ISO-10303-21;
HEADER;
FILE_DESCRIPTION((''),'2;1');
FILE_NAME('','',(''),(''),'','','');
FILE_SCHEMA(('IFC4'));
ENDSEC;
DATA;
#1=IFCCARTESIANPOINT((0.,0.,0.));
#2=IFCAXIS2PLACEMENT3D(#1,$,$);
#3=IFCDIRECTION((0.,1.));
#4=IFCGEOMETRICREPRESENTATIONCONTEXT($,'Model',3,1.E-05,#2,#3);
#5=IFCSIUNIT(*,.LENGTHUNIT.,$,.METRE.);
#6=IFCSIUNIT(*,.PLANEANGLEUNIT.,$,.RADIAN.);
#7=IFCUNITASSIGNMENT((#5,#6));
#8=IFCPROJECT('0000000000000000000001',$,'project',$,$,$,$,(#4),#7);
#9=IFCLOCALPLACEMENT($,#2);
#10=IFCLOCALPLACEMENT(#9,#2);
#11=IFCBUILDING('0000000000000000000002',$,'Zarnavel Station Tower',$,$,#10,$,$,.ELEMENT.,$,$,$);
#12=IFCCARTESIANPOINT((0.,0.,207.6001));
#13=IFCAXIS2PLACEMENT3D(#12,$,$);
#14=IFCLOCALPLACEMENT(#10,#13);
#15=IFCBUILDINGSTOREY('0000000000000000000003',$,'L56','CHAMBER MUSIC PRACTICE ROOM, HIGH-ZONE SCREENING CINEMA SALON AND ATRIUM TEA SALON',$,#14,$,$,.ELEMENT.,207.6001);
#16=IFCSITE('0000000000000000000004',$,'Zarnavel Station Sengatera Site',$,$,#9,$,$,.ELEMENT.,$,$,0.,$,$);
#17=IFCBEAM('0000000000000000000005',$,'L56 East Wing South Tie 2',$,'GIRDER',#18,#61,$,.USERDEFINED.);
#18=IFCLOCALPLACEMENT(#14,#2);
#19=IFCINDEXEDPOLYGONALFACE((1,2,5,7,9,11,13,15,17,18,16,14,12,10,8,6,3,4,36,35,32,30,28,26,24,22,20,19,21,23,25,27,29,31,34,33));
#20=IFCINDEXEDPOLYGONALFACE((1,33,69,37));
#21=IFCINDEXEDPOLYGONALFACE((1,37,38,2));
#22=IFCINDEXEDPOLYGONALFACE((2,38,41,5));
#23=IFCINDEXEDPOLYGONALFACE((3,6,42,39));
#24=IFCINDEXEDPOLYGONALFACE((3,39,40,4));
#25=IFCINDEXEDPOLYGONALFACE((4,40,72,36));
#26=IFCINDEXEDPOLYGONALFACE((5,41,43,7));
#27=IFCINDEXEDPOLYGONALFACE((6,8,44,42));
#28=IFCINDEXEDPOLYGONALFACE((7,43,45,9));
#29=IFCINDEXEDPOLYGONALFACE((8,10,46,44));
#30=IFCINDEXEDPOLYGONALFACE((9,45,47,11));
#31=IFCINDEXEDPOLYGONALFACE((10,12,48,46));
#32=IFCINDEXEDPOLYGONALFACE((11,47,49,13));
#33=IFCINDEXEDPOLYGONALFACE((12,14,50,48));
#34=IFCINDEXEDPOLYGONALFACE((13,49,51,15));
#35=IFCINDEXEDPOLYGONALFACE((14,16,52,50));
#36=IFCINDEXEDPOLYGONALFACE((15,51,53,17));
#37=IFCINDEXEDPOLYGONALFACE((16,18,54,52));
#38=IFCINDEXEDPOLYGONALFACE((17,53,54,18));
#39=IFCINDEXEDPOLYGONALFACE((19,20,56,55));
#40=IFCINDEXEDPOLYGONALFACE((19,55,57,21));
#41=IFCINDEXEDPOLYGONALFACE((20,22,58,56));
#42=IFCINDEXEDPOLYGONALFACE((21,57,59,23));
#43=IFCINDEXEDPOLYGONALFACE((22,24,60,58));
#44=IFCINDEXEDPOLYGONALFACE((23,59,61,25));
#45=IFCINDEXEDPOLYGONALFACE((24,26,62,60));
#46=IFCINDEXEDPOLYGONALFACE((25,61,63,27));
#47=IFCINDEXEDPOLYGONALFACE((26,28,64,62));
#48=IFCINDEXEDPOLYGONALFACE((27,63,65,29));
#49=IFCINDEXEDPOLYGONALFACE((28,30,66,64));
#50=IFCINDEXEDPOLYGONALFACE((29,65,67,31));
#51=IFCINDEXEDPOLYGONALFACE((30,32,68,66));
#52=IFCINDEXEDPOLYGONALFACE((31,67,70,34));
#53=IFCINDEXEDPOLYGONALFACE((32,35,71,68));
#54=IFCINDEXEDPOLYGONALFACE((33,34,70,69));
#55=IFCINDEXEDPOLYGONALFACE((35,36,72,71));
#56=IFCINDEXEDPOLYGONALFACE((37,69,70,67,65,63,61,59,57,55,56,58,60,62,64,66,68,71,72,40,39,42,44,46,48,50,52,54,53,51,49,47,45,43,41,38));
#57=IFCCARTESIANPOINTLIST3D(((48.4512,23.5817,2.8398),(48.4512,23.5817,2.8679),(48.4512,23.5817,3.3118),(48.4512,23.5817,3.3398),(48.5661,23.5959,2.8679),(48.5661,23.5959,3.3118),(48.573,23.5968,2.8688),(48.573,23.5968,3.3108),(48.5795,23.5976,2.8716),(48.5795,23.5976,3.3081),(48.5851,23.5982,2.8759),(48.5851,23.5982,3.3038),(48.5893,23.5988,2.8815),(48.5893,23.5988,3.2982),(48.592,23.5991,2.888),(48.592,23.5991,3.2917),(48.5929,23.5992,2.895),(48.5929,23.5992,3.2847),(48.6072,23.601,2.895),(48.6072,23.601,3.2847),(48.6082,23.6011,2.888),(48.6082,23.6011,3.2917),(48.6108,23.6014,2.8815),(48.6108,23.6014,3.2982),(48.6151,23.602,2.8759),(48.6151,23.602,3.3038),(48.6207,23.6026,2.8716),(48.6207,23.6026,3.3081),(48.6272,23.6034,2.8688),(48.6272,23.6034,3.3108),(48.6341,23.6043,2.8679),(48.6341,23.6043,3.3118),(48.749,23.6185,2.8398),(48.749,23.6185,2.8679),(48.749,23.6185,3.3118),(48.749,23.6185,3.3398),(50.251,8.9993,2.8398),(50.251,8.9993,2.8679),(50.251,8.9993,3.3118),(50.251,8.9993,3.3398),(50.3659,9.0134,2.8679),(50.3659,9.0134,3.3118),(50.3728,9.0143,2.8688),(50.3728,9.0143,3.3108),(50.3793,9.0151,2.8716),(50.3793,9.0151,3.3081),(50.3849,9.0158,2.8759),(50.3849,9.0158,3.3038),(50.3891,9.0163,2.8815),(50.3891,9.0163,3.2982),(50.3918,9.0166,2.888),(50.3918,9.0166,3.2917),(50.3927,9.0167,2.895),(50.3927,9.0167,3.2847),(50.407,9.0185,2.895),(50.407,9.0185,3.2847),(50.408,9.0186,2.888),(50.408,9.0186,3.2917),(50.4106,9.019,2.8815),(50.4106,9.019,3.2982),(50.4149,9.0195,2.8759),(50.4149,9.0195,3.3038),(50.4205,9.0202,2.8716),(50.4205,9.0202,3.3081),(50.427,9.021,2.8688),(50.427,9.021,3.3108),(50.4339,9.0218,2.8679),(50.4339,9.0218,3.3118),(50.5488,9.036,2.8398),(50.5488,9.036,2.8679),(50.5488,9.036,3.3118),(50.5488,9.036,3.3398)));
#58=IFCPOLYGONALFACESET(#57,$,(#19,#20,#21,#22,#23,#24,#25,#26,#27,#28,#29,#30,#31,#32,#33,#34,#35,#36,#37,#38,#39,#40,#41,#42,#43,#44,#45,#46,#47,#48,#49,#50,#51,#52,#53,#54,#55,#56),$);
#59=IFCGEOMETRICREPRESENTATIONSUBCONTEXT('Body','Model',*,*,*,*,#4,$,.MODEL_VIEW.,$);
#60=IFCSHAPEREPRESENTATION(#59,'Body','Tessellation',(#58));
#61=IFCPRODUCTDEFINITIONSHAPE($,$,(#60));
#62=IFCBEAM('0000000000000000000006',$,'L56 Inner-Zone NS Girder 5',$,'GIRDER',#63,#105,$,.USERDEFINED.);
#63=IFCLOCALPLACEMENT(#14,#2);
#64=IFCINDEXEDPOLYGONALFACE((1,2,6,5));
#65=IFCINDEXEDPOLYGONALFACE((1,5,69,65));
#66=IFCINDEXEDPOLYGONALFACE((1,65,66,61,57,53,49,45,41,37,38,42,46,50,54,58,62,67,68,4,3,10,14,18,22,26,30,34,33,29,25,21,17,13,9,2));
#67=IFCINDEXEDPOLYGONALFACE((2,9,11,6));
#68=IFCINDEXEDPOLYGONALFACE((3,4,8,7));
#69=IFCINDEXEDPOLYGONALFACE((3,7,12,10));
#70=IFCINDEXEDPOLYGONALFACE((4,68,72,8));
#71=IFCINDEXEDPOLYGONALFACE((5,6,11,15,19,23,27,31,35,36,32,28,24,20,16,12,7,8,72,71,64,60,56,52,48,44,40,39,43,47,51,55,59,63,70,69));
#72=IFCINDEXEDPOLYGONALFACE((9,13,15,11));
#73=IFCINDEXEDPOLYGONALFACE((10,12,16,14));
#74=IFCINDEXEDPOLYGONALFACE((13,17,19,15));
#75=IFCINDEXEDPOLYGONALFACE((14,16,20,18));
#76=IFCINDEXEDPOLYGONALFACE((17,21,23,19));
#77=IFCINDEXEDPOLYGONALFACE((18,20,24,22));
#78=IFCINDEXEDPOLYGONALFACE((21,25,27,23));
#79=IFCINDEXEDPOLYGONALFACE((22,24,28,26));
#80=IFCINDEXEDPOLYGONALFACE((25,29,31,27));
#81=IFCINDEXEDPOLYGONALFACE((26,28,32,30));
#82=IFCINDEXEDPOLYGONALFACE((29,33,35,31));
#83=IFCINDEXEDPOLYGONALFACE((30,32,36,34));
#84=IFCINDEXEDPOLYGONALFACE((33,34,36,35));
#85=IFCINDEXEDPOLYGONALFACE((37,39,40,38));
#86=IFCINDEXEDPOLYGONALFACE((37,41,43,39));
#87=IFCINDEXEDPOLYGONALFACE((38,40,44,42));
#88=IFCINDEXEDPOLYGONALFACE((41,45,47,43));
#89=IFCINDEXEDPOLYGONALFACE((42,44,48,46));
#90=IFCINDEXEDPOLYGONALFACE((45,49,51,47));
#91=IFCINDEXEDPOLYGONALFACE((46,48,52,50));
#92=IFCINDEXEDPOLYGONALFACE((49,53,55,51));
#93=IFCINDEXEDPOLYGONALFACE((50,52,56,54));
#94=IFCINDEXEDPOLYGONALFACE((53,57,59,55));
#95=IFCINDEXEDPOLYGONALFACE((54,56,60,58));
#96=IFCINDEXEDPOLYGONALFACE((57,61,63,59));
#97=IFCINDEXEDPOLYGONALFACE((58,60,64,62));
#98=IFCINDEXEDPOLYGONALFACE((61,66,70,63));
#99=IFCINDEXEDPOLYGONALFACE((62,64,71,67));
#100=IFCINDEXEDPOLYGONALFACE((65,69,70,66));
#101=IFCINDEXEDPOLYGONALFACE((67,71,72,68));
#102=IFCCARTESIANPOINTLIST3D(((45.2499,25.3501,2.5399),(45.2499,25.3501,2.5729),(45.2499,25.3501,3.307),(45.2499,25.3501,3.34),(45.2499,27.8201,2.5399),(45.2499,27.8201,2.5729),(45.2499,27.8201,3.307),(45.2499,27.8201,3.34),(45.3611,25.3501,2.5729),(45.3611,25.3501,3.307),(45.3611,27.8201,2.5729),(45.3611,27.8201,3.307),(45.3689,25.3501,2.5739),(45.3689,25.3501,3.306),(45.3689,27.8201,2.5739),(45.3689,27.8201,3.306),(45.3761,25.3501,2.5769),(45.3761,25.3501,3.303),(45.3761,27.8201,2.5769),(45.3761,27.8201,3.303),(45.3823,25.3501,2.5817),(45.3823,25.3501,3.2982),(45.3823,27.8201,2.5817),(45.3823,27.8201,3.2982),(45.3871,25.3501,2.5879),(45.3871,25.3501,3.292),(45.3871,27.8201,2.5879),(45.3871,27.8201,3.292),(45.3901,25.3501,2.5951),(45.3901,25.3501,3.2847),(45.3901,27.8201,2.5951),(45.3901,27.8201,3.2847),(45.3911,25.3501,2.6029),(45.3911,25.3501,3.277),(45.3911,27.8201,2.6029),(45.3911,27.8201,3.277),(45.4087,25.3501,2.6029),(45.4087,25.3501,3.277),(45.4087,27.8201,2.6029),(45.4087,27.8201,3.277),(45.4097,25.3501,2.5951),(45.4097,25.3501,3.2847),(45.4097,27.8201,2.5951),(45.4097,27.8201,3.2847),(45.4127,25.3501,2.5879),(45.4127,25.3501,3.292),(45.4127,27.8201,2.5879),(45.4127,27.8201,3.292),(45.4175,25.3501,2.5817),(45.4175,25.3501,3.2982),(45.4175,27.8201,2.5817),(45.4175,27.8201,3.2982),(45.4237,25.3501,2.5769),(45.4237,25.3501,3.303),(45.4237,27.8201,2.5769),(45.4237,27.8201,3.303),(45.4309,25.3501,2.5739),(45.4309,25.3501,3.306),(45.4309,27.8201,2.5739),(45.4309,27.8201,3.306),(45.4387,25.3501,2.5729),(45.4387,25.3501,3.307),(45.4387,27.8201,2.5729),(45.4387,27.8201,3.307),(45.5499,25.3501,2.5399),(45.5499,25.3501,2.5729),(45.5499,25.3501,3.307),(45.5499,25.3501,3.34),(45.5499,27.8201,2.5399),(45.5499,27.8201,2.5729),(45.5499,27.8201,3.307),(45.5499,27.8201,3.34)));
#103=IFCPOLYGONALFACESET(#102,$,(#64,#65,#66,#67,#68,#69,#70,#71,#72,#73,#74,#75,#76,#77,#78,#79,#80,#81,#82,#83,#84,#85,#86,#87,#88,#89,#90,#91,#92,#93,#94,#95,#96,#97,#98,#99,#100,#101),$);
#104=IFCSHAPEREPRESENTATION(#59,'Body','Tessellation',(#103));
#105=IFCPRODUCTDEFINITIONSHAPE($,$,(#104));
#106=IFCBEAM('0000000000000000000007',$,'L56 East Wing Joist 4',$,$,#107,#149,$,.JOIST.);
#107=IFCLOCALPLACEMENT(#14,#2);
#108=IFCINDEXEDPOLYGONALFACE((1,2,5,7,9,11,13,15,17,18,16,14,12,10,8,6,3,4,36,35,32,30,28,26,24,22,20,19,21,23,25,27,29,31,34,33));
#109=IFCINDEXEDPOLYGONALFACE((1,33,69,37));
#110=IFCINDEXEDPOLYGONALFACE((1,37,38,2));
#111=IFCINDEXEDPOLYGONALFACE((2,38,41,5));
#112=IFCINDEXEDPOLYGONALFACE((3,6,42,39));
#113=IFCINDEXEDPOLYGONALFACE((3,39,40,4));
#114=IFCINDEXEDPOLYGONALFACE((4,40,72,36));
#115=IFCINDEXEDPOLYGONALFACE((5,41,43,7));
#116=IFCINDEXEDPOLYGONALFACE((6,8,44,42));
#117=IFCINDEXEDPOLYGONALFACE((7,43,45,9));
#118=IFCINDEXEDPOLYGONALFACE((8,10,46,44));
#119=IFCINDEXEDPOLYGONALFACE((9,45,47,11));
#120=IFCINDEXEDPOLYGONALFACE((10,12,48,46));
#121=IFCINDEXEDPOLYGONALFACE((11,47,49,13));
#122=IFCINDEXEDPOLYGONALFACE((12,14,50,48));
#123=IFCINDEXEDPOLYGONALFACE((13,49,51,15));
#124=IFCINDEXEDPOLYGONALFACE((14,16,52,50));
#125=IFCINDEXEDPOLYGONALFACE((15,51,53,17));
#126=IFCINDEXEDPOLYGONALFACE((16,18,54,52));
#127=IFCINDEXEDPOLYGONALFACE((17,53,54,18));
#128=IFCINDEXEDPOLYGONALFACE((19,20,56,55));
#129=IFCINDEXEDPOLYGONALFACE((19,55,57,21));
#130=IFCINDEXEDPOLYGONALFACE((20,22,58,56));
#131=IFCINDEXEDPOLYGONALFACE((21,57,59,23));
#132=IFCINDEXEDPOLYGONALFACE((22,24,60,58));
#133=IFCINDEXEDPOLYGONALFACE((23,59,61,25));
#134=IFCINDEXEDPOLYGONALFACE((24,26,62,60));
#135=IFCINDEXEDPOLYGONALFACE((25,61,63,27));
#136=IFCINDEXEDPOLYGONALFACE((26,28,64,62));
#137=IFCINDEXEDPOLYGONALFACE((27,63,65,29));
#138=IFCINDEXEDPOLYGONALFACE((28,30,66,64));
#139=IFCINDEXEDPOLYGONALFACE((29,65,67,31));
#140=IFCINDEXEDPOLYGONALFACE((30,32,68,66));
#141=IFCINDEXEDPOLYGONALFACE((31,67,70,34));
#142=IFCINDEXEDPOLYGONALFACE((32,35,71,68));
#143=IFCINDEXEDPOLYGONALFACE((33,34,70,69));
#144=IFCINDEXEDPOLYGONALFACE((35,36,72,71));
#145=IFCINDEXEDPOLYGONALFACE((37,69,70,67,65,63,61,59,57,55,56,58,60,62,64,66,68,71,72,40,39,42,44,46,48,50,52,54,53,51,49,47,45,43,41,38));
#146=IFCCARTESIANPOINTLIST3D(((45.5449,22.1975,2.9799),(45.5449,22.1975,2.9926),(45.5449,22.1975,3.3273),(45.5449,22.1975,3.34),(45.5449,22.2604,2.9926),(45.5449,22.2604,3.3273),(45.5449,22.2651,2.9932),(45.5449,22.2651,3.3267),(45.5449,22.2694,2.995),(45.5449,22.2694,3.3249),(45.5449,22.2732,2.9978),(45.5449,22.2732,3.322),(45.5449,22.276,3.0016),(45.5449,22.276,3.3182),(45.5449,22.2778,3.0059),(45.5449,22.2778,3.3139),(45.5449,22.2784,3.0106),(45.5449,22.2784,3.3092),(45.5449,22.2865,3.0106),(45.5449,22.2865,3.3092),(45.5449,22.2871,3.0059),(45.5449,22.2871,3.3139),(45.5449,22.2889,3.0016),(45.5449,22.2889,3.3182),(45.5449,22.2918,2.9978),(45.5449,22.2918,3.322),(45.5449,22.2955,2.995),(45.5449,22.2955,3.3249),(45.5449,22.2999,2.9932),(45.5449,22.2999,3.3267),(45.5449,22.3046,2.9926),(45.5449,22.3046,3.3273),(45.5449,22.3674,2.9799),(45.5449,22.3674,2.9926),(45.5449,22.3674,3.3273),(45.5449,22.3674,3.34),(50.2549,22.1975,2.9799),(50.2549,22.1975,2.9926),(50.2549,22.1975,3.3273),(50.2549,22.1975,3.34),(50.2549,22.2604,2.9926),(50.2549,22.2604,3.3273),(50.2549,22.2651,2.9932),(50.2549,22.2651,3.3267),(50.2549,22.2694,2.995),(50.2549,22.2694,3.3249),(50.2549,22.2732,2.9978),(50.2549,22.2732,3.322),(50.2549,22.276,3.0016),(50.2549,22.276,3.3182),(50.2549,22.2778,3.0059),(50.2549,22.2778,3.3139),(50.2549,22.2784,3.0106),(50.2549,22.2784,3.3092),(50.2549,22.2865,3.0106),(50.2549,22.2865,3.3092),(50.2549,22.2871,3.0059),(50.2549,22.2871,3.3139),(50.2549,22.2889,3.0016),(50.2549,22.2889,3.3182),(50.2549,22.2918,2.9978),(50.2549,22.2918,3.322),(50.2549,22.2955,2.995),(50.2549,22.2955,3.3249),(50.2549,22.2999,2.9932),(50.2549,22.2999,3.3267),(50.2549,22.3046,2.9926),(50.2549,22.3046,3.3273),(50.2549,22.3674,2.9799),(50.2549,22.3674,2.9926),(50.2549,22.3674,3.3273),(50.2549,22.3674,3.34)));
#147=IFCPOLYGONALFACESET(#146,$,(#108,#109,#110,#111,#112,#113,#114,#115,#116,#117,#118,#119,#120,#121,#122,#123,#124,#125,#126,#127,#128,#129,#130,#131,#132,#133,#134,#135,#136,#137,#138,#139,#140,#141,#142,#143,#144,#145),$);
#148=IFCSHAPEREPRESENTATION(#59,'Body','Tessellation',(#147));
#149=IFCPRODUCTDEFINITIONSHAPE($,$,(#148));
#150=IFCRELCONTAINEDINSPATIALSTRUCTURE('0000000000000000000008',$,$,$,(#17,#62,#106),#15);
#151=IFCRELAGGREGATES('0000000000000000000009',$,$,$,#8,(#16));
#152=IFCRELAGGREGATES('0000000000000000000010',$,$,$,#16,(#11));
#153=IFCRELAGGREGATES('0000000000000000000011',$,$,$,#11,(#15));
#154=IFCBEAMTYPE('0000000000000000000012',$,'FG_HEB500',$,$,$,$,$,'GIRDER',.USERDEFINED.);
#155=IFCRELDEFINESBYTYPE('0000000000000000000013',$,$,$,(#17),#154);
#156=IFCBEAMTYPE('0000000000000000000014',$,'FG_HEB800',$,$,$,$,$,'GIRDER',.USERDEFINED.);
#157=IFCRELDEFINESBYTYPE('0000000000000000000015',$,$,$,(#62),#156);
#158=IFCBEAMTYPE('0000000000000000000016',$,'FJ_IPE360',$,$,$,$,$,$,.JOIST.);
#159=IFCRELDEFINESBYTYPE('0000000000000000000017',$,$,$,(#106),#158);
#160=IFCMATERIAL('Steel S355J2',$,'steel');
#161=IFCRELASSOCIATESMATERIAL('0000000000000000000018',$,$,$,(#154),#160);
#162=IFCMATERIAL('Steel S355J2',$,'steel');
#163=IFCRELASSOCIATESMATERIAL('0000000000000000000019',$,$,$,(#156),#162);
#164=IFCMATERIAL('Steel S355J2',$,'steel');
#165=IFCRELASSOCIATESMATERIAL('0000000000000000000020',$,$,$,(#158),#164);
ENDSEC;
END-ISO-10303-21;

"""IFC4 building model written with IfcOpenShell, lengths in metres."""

from ifc_helpers import new_model, si_unit, direction, frame, origin, origin_2d, place, context, subcontext, project, spatial, i_section, extrude, material, material_profile, profile_set, type_object, element, save


model = new_model("IFC4")

# Units and contexts
model_context = context("Model", 3, precision=1e-05, world=origin(), true_north=direction((0.0, 1.0)))
body_context = subcontext(model_context, "Body", "Model", "MODEL_VIEW")
ifc_project = project(units=[si_unit("LENGTHUNIT", "METRE"), si_unit("PLANEANGLEUNIT", "RADIAN")], contexts=[model_context])

# Site, building, storey
site_placement = place(None, origin())
site = spatial("IfcSite", under=ifc_project, at=site_placement, Name="Zarnavel Station Sengatera Site", CompositionType="ELEMENT", RefElevation=0.0)
building_placement = place(site_placement, origin())
building = spatial("IfcBuilding", under=site, at=building_placement, Name="Zarnavel Station Tower", CompositionType="ELEMENT")
storey_placement = place(building_placement, frame((0.0, 0.0, 207.6001)))
storey = spatial("IfcBuildingStorey", under=building, at=storey_placement, Name="L56", Description="CHAMBER MUSIC PRACTICE ROOM, HIGH-ZONE SCREENING CINEMA SALON AND ATRIUM TEA SALON", CompositionType="ELEMENT", Elevation=207.6001)

# Beams
ifc_material_1 = material(Name="Steel S355J2", Category="steel")
ifc_material_profile_1 = material_profile(ifc_material_1, i_section(OverallWidth=0.3, OverallDepth=0.5, WebThickness=0.0144, FlangeThickness=0.0281, FilletRadius=0.0271, at=origin_2d()), Name="HEB500")
ifc_profile_set_1 = profile_set([ifc_material_profile_1], Name="Steel S355J2")
beam_type_1 = type_object("IfcBeamType", Name="FG_HEB500", ElementType="GIRDER", PredefinedType="USERDEFINED", material=ifc_profile_set_1)
beam_1_placement = place(storey_placement, frame((48.6001, 23.6001, 3.0898), z_axis=(0.122493, -0.992469, 0.0), x_axis=(0.992469, 0.122493, 0.0)))
element("IfcBeam", 1, at=beam_1_placement, inside=storey, type_object=beam_type_1, Name="L56 East Wing South Tie 2", ObjectType="GIRDER", PredefinedType="USERDEFINED", context=body_context, shape_type="SweptSolid", body=[
    extrude(i_section(OverallWidth=0.3, OverallDepth=0.5, WebThickness=0.0144, FlangeThickness=0.0281, FilletRadius=0.0271, at=origin_2d()), origin(), (0.0, 0.0, 1.0), 14.6931),
])
ifc_material_2 = material(Name="Steel S355J2", Category="steel")
ifc_material_profile_2 = material_profile(ifc_material_2, i_section(OverallWidth=0.3, OverallDepth=0.8, WebThickness=0.0176, FlangeThickness=0.033, FilletRadius=0.03, at=origin_2d()), Name="HEB800")
ifc_profile_set_2 = profile_set([ifc_material_profile_2], Name="Steel S355J2")
beam_type_2 = type_object("IfcBeamType", Name="FG_HEB800", ElementType="GIRDER", PredefinedType="USERDEFINED", material=ifc_profile_set_2)
beam_2_placement = place(storey_placement, frame((45.3999, 25.3501, 2.9399), z_axis=(0.0, 1.0, 0.0), x_axis=(-1.0, 0.0, 0.0)))
element("IfcBeam", 2, at=beam_2_placement, inside=storey, type_object=beam_type_2, Name="L56 Inner-Zone NS Girder 5", ObjectType="GIRDER", PredefinedType="USERDEFINED", context=body_context, shape_type="SweptSolid", body=[
    extrude(i_section(OverallWidth=0.3, OverallDepth=0.8, WebThickness=0.0176, FlangeThickness=0.033, FilletRadius=0.03, at=origin_2d()), origin(), (0.0, 0.0, 1.0), 2.47),
])
ifc_material_3 = material(Name="Steel S355J2", Category="steel")
ifc_material_profile_3 = material_profile(ifc_material_3, i_section(OverallWidth=0.1699, OverallDepth=0.3601, WebThickness=0.0081, FlangeThickness=0.0127, FilletRadius=0.0181, at=origin_2d()), Name="IPE360")
ifc_profile_set_3 = profile_set([ifc_material_profile_3], Name="Steel S355J2")
beam_type_3 = type_object("IfcBeamType", Name="FJ_IPE360", PredefinedType="JOIST", material=ifc_profile_set_3)
beam_3_placement = place(storey_placement, frame((45.5449, 22.2825, 3.1599), z_axis=(1.0, 0.0, 0.0), x_axis=(0.0, 1.0, 0.0)))
element("IfcBeam", 3, at=beam_3_placement, inside=storey, type_object=beam_type_3, Name="L56 East Wing Joist 4", PredefinedType="JOIST", context=body_context, shape_type="SweptSolid", body=[
    extrude(i_section(OverallWidth=0.1699, OverallDepth=0.3601, WebThickness=0.0081, FlangeThickness=0.0127, FilletRadius=0.0181, at=origin_2d()), origin(), (0.0, 0.0, 1.0), 4.71),
])

save(model, "model.ifc")
